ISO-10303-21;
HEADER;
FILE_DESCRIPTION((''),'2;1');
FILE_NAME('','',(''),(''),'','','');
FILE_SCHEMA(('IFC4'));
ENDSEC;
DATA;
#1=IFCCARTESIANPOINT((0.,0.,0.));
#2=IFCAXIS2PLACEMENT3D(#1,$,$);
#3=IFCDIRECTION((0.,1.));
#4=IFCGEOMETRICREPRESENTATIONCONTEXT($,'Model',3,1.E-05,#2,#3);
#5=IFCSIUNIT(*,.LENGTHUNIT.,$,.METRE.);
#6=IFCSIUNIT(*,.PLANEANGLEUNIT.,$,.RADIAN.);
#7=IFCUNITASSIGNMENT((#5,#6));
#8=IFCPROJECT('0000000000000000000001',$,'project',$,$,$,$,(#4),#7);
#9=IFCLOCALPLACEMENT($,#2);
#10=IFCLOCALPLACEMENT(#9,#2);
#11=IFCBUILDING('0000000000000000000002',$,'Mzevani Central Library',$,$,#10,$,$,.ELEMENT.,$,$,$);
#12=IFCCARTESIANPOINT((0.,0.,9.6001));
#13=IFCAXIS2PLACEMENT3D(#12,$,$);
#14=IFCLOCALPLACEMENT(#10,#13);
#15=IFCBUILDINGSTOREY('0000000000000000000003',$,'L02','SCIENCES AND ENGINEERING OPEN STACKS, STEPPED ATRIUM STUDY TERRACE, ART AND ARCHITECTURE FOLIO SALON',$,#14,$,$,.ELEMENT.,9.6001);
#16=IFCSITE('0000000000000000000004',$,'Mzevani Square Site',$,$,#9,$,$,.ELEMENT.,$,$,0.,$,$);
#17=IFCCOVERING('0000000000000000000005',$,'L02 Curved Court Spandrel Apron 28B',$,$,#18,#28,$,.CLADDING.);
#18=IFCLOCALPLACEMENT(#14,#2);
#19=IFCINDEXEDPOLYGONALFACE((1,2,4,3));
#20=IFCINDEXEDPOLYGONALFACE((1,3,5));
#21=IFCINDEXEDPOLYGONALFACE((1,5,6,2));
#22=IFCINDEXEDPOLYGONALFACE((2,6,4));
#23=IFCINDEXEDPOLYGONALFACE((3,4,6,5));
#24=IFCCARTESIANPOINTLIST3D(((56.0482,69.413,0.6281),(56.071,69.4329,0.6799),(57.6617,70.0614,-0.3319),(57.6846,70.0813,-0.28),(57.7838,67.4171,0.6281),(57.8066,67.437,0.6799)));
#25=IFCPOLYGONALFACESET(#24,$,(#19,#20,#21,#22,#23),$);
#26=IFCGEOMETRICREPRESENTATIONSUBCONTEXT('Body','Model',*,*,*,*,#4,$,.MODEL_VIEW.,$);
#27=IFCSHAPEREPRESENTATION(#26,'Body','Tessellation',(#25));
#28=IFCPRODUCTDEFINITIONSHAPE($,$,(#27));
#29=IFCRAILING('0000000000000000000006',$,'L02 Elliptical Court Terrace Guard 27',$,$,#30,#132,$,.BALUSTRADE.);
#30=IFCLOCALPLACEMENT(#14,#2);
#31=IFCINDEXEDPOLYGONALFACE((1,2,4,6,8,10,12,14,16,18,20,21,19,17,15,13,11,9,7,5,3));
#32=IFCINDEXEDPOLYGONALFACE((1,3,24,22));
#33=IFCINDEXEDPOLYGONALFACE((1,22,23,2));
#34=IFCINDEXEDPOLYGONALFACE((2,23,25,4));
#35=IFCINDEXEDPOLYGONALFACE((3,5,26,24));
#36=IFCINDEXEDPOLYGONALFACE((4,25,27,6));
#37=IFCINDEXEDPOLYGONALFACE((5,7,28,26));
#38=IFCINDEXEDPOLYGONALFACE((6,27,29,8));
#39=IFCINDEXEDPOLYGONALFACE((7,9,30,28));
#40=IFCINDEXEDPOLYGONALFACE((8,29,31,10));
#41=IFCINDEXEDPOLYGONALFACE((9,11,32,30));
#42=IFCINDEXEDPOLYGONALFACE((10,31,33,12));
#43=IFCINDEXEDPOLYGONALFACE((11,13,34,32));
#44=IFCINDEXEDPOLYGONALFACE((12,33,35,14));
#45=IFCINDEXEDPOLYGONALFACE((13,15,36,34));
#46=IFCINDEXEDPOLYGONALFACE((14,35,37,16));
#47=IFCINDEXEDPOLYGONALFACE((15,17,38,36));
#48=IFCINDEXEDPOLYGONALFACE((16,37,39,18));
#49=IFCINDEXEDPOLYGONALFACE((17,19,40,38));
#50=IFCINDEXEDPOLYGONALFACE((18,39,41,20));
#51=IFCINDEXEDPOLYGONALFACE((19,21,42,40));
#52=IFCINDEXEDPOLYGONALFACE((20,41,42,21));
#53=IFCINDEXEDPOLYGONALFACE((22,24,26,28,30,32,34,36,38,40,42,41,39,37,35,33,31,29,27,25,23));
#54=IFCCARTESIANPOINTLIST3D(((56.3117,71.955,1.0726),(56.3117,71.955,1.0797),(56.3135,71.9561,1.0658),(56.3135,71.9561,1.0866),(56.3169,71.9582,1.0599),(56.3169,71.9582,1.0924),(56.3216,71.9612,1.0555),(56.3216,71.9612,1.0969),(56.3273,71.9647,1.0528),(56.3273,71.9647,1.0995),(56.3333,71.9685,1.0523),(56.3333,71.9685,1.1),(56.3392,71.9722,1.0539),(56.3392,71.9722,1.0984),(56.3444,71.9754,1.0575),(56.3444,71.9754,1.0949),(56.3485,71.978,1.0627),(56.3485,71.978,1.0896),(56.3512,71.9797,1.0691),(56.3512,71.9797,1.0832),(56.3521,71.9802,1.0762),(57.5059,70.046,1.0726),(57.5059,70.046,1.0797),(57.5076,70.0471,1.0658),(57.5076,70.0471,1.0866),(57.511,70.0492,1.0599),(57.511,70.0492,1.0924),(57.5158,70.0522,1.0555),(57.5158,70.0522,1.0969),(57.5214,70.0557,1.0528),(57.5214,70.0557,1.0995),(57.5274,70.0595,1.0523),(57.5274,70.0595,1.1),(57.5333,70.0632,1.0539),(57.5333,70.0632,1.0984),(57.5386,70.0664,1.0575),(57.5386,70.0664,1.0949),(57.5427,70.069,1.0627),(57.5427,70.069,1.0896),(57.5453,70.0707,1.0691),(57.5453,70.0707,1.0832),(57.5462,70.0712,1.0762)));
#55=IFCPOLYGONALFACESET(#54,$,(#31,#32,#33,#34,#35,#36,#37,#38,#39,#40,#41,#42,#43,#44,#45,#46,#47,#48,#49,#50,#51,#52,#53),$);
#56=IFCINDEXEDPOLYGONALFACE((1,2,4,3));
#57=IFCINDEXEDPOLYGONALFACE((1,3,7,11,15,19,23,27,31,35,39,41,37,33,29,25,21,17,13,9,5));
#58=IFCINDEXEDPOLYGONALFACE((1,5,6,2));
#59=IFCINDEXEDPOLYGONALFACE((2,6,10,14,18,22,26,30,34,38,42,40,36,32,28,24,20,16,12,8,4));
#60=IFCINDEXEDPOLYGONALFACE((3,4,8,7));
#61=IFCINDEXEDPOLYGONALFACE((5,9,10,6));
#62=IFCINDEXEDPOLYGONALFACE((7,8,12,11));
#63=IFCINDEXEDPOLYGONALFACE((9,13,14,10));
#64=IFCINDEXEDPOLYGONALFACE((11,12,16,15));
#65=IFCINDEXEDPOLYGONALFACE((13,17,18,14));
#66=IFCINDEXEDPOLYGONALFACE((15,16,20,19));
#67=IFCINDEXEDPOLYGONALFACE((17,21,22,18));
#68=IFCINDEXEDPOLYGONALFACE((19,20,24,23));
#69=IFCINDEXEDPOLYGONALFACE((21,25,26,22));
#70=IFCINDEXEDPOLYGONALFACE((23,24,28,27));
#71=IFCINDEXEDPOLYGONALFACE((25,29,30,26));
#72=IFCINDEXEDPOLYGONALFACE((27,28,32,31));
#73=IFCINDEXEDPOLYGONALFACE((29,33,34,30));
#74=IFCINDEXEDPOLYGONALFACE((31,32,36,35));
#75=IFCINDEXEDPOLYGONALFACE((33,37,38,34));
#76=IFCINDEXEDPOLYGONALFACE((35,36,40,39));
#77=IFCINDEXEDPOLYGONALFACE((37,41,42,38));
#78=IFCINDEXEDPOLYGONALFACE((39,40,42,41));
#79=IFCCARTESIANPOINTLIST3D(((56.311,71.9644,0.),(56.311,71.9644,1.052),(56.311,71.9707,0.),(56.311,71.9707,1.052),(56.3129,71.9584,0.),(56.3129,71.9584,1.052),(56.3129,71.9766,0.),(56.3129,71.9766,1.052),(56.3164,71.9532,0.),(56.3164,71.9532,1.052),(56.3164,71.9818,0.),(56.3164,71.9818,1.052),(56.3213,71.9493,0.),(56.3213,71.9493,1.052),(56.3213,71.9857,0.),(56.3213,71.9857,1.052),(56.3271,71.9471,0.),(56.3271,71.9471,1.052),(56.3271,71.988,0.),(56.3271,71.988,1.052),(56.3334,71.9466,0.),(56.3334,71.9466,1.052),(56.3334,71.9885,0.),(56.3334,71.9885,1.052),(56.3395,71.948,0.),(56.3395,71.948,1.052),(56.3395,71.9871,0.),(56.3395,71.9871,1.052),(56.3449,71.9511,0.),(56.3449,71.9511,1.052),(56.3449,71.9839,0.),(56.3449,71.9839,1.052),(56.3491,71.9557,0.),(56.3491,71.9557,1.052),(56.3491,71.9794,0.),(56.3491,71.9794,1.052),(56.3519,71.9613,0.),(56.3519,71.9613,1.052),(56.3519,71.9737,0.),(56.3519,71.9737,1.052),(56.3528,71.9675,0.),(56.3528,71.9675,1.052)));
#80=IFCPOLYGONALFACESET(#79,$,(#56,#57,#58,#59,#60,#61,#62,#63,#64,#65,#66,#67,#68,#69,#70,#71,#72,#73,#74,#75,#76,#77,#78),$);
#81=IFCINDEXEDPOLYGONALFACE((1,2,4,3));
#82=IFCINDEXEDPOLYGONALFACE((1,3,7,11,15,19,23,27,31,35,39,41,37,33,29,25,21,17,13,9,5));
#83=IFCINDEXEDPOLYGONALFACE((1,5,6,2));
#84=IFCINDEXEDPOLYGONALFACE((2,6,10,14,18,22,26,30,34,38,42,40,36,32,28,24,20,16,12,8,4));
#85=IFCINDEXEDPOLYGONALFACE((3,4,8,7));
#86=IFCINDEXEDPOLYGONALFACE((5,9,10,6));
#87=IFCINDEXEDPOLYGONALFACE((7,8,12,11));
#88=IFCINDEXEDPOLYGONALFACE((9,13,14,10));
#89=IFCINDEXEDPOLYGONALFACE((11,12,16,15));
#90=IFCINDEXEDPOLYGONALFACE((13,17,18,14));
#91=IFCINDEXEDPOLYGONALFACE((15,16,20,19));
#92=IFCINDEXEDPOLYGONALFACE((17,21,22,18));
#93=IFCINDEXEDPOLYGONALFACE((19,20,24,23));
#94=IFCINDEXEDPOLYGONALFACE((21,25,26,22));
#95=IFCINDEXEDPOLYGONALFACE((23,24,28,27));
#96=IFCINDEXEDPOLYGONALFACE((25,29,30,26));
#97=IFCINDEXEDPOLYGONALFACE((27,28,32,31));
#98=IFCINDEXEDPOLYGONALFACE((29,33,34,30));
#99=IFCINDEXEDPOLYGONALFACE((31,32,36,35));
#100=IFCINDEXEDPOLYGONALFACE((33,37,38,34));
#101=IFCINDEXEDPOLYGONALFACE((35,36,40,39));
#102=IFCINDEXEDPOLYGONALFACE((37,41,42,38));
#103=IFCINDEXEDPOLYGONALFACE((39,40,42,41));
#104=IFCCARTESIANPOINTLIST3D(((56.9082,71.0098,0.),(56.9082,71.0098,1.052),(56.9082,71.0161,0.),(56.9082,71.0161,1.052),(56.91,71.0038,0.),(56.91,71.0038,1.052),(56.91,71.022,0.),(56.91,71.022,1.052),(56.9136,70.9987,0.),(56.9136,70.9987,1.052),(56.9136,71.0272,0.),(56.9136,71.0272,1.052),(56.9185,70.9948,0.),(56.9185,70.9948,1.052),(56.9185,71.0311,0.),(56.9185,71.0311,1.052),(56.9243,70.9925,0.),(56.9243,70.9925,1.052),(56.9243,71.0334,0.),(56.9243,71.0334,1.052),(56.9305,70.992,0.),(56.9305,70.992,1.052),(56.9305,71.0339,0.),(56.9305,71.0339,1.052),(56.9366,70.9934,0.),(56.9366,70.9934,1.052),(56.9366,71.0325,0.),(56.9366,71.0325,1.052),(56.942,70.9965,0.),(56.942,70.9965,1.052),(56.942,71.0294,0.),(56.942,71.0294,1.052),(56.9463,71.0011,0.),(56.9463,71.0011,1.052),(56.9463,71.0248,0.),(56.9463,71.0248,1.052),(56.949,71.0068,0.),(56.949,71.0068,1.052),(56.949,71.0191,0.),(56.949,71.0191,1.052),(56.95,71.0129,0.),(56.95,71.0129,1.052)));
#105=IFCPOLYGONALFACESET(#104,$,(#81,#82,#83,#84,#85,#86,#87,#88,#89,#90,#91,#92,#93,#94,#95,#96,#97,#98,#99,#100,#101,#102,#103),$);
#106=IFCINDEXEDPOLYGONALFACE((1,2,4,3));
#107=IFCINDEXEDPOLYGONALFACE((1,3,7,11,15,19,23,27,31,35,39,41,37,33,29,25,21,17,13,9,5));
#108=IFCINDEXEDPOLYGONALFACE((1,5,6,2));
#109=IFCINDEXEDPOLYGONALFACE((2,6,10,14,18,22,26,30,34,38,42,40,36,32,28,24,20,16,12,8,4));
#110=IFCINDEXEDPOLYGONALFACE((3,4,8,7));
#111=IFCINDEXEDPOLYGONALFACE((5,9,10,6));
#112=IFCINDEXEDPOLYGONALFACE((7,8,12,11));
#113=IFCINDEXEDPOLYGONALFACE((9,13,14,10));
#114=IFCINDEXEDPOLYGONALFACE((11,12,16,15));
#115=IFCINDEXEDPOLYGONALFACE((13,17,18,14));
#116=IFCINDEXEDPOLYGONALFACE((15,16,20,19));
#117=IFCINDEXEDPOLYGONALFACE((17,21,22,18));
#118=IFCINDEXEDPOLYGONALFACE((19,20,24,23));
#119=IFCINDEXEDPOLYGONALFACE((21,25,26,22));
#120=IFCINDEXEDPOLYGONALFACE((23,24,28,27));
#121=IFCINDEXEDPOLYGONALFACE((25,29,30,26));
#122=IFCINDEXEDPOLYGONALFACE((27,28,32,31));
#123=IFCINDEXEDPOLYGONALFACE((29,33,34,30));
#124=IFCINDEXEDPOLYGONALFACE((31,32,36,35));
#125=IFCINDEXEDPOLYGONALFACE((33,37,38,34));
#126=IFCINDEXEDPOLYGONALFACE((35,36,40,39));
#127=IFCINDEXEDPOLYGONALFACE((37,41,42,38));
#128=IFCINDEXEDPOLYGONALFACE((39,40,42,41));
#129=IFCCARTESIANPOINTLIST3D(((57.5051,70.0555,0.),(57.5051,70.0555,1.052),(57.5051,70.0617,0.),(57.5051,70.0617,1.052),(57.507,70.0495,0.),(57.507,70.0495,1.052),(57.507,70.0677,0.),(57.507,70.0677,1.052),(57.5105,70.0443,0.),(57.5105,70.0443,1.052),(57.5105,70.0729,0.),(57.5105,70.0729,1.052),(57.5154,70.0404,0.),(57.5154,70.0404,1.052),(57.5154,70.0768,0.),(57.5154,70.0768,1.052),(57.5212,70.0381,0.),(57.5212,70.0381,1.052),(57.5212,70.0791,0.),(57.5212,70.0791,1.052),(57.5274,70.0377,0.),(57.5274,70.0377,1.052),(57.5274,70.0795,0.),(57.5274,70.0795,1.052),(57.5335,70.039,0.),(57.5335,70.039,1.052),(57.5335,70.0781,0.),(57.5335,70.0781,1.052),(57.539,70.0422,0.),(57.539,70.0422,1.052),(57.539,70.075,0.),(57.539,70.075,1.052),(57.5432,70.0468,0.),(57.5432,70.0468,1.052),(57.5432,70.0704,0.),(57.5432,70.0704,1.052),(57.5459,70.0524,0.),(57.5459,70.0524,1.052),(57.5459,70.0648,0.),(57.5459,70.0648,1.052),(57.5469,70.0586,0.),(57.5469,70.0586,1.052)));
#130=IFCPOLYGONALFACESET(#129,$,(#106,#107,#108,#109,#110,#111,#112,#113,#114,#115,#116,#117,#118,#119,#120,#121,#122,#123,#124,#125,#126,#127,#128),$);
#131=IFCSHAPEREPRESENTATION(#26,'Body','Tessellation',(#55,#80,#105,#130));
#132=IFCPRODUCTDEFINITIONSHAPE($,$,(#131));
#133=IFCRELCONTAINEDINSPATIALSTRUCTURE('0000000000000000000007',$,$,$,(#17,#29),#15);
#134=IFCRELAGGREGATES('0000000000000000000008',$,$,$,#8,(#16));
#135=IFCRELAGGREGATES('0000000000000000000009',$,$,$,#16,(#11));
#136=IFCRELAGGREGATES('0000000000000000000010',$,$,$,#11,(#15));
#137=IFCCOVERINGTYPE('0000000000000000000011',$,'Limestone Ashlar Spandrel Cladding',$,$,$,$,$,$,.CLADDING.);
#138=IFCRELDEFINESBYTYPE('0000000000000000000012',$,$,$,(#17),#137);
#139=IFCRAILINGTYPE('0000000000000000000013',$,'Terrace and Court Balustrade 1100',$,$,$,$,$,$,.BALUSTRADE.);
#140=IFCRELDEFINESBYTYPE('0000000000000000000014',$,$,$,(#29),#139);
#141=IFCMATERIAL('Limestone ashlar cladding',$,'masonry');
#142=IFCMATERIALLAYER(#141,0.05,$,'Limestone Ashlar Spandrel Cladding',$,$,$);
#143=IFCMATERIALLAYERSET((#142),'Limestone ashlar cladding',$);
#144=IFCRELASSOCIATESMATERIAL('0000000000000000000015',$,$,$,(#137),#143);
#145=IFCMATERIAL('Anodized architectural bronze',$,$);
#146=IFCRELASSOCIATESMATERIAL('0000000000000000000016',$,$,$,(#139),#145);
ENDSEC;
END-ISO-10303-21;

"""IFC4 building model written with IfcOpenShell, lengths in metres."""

from ifc_helpers import new_model, si_unit, direction, frame, origin, origin_2d, place, context, subcontext, project, spatial, polyline, circle, outline, extrude, material, layer, layer_set, type_object, element, save


model = new_model("IFC4")

# Units and contexts
model_context = context("Model", 3, precision=1e-05, world=origin(), true_north=direction((0.0, 1.0)))
body_context = subcontext(model_context, "Body", "Model", "MODEL_VIEW")
ifc_project = project(units=[si_unit("LENGTHUNIT", "METRE"), si_unit("PLANEANGLEUNIT", "RADIAN")], contexts=[model_context])

# Site, building, storey
site_placement = place(None, origin())
site = spatial("IfcSite", under=ifc_project, at=site_placement, Name="Mzevani Square Site", CompositionType="ELEMENT", RefElevation=0.0)
building_placement = place(site_placement, origin())
building = spatial("IfcBuilding", under=site, at=building_placement, Name="Mzevani Central Library", CompositionType="ELEMENT")
storey_placement = place(building_placement, frame((0.0, 0.0, 9.6001)))
storey = spatial("IfcBuildingStorey", under=building, at=storey_placement, Name="L02", Description="SCIENCES AND ENGINEERING OPEN STACKS, STEPPED ATRIUM STUDY TERRACE, ART AND ARCHITECTURE FOLIO SALON", CompositionType="ELEMENT", Elevation=9.6001)

# Covering
ifc_material_1 = material(Name="Limestone ashlar cladding", Category="masonry")
ifc_layer_1 = layer(ifc_material_1, 0.05, Name="Limestone Ashlar Spandrel Cladding")
ifc_layer_set_1 = layer_set([ifc_layer_1], Name="Limestone ashlar cladding")
covering_type = type_object("IfcCoveringType", Name="Limestone Ashlar Spandrel Cladding", PredefinedType="CLADDING", material=ifc_layer_set_1)
covering_1_placement = place(storey_placement, frame((57.6846, 70.0813, -0.28), z_axis=(0.380664, 0.331027, 0.863433), x_axis=(0.043352, -0.939092, 0.34092)))
element("IfcCovering", 1, at=covering_1_placement, inside=storey, type_object=covering_type, Name="L02 Curved Court Spandrel Apron 28B", PredefinedType="CLADDING", context=body_context, shape_type="SweptSolid", body=[
    extrude(outline(polyline([(0.0, 0.0), (2.8158, 0.0), (0.8663, -1.7875), (0.0, 0.0)])), origin(), (0.0, 0.0, -1.0), 0.0601),
])

# Railing
ifc_material_2 = material(Name="Anodized architectural bronze")
railing_type = type_object("IfcRailingType", Name="Terrace and Court Balustrade 1100", PredefinedType="BALUSTRADE", material=ifc_material_2)
railing_1_placement = place(storey_placement, frame((56.3318, 71.9675, 0.0)))
element("IfcRailing", 2, at=railing_1_placement, inside=storey, type_object=railing_type, Name="L02 Elliptical Court Terrace Guard 27", PredefinedType="BALUSTRADE", context=body_context, shape_type="SweptSolid", body=[
    extrude(circle(Radius=0.0239, at=origin_2d()), frame((0.0, 0.0, 1.0762), z_axis=(0.530321, -0.847797, 0.0), x_axis=(0.847797, 0.530321, 0.0)), (0.0, 0.0, 1.0), 2.2517),
    extrude(circle(Radius=0.021, at=origin_2d()), origin(), (0.0, 0.0, 1.0), 1.052),
    extrude(circle(Radius=0.021, at=origin_2d()), frame((0.5972, -0.9546, 0.0)), (0.0, 0.0, 1.0), 1.052),
    extrude(circle(Radius=0.021, at=origin_2d()), frame((1.1941, -1.9089, 0.0)), (0.0, 0.0, 1.0), 1.052),
])

save(model, "model.ifc")
